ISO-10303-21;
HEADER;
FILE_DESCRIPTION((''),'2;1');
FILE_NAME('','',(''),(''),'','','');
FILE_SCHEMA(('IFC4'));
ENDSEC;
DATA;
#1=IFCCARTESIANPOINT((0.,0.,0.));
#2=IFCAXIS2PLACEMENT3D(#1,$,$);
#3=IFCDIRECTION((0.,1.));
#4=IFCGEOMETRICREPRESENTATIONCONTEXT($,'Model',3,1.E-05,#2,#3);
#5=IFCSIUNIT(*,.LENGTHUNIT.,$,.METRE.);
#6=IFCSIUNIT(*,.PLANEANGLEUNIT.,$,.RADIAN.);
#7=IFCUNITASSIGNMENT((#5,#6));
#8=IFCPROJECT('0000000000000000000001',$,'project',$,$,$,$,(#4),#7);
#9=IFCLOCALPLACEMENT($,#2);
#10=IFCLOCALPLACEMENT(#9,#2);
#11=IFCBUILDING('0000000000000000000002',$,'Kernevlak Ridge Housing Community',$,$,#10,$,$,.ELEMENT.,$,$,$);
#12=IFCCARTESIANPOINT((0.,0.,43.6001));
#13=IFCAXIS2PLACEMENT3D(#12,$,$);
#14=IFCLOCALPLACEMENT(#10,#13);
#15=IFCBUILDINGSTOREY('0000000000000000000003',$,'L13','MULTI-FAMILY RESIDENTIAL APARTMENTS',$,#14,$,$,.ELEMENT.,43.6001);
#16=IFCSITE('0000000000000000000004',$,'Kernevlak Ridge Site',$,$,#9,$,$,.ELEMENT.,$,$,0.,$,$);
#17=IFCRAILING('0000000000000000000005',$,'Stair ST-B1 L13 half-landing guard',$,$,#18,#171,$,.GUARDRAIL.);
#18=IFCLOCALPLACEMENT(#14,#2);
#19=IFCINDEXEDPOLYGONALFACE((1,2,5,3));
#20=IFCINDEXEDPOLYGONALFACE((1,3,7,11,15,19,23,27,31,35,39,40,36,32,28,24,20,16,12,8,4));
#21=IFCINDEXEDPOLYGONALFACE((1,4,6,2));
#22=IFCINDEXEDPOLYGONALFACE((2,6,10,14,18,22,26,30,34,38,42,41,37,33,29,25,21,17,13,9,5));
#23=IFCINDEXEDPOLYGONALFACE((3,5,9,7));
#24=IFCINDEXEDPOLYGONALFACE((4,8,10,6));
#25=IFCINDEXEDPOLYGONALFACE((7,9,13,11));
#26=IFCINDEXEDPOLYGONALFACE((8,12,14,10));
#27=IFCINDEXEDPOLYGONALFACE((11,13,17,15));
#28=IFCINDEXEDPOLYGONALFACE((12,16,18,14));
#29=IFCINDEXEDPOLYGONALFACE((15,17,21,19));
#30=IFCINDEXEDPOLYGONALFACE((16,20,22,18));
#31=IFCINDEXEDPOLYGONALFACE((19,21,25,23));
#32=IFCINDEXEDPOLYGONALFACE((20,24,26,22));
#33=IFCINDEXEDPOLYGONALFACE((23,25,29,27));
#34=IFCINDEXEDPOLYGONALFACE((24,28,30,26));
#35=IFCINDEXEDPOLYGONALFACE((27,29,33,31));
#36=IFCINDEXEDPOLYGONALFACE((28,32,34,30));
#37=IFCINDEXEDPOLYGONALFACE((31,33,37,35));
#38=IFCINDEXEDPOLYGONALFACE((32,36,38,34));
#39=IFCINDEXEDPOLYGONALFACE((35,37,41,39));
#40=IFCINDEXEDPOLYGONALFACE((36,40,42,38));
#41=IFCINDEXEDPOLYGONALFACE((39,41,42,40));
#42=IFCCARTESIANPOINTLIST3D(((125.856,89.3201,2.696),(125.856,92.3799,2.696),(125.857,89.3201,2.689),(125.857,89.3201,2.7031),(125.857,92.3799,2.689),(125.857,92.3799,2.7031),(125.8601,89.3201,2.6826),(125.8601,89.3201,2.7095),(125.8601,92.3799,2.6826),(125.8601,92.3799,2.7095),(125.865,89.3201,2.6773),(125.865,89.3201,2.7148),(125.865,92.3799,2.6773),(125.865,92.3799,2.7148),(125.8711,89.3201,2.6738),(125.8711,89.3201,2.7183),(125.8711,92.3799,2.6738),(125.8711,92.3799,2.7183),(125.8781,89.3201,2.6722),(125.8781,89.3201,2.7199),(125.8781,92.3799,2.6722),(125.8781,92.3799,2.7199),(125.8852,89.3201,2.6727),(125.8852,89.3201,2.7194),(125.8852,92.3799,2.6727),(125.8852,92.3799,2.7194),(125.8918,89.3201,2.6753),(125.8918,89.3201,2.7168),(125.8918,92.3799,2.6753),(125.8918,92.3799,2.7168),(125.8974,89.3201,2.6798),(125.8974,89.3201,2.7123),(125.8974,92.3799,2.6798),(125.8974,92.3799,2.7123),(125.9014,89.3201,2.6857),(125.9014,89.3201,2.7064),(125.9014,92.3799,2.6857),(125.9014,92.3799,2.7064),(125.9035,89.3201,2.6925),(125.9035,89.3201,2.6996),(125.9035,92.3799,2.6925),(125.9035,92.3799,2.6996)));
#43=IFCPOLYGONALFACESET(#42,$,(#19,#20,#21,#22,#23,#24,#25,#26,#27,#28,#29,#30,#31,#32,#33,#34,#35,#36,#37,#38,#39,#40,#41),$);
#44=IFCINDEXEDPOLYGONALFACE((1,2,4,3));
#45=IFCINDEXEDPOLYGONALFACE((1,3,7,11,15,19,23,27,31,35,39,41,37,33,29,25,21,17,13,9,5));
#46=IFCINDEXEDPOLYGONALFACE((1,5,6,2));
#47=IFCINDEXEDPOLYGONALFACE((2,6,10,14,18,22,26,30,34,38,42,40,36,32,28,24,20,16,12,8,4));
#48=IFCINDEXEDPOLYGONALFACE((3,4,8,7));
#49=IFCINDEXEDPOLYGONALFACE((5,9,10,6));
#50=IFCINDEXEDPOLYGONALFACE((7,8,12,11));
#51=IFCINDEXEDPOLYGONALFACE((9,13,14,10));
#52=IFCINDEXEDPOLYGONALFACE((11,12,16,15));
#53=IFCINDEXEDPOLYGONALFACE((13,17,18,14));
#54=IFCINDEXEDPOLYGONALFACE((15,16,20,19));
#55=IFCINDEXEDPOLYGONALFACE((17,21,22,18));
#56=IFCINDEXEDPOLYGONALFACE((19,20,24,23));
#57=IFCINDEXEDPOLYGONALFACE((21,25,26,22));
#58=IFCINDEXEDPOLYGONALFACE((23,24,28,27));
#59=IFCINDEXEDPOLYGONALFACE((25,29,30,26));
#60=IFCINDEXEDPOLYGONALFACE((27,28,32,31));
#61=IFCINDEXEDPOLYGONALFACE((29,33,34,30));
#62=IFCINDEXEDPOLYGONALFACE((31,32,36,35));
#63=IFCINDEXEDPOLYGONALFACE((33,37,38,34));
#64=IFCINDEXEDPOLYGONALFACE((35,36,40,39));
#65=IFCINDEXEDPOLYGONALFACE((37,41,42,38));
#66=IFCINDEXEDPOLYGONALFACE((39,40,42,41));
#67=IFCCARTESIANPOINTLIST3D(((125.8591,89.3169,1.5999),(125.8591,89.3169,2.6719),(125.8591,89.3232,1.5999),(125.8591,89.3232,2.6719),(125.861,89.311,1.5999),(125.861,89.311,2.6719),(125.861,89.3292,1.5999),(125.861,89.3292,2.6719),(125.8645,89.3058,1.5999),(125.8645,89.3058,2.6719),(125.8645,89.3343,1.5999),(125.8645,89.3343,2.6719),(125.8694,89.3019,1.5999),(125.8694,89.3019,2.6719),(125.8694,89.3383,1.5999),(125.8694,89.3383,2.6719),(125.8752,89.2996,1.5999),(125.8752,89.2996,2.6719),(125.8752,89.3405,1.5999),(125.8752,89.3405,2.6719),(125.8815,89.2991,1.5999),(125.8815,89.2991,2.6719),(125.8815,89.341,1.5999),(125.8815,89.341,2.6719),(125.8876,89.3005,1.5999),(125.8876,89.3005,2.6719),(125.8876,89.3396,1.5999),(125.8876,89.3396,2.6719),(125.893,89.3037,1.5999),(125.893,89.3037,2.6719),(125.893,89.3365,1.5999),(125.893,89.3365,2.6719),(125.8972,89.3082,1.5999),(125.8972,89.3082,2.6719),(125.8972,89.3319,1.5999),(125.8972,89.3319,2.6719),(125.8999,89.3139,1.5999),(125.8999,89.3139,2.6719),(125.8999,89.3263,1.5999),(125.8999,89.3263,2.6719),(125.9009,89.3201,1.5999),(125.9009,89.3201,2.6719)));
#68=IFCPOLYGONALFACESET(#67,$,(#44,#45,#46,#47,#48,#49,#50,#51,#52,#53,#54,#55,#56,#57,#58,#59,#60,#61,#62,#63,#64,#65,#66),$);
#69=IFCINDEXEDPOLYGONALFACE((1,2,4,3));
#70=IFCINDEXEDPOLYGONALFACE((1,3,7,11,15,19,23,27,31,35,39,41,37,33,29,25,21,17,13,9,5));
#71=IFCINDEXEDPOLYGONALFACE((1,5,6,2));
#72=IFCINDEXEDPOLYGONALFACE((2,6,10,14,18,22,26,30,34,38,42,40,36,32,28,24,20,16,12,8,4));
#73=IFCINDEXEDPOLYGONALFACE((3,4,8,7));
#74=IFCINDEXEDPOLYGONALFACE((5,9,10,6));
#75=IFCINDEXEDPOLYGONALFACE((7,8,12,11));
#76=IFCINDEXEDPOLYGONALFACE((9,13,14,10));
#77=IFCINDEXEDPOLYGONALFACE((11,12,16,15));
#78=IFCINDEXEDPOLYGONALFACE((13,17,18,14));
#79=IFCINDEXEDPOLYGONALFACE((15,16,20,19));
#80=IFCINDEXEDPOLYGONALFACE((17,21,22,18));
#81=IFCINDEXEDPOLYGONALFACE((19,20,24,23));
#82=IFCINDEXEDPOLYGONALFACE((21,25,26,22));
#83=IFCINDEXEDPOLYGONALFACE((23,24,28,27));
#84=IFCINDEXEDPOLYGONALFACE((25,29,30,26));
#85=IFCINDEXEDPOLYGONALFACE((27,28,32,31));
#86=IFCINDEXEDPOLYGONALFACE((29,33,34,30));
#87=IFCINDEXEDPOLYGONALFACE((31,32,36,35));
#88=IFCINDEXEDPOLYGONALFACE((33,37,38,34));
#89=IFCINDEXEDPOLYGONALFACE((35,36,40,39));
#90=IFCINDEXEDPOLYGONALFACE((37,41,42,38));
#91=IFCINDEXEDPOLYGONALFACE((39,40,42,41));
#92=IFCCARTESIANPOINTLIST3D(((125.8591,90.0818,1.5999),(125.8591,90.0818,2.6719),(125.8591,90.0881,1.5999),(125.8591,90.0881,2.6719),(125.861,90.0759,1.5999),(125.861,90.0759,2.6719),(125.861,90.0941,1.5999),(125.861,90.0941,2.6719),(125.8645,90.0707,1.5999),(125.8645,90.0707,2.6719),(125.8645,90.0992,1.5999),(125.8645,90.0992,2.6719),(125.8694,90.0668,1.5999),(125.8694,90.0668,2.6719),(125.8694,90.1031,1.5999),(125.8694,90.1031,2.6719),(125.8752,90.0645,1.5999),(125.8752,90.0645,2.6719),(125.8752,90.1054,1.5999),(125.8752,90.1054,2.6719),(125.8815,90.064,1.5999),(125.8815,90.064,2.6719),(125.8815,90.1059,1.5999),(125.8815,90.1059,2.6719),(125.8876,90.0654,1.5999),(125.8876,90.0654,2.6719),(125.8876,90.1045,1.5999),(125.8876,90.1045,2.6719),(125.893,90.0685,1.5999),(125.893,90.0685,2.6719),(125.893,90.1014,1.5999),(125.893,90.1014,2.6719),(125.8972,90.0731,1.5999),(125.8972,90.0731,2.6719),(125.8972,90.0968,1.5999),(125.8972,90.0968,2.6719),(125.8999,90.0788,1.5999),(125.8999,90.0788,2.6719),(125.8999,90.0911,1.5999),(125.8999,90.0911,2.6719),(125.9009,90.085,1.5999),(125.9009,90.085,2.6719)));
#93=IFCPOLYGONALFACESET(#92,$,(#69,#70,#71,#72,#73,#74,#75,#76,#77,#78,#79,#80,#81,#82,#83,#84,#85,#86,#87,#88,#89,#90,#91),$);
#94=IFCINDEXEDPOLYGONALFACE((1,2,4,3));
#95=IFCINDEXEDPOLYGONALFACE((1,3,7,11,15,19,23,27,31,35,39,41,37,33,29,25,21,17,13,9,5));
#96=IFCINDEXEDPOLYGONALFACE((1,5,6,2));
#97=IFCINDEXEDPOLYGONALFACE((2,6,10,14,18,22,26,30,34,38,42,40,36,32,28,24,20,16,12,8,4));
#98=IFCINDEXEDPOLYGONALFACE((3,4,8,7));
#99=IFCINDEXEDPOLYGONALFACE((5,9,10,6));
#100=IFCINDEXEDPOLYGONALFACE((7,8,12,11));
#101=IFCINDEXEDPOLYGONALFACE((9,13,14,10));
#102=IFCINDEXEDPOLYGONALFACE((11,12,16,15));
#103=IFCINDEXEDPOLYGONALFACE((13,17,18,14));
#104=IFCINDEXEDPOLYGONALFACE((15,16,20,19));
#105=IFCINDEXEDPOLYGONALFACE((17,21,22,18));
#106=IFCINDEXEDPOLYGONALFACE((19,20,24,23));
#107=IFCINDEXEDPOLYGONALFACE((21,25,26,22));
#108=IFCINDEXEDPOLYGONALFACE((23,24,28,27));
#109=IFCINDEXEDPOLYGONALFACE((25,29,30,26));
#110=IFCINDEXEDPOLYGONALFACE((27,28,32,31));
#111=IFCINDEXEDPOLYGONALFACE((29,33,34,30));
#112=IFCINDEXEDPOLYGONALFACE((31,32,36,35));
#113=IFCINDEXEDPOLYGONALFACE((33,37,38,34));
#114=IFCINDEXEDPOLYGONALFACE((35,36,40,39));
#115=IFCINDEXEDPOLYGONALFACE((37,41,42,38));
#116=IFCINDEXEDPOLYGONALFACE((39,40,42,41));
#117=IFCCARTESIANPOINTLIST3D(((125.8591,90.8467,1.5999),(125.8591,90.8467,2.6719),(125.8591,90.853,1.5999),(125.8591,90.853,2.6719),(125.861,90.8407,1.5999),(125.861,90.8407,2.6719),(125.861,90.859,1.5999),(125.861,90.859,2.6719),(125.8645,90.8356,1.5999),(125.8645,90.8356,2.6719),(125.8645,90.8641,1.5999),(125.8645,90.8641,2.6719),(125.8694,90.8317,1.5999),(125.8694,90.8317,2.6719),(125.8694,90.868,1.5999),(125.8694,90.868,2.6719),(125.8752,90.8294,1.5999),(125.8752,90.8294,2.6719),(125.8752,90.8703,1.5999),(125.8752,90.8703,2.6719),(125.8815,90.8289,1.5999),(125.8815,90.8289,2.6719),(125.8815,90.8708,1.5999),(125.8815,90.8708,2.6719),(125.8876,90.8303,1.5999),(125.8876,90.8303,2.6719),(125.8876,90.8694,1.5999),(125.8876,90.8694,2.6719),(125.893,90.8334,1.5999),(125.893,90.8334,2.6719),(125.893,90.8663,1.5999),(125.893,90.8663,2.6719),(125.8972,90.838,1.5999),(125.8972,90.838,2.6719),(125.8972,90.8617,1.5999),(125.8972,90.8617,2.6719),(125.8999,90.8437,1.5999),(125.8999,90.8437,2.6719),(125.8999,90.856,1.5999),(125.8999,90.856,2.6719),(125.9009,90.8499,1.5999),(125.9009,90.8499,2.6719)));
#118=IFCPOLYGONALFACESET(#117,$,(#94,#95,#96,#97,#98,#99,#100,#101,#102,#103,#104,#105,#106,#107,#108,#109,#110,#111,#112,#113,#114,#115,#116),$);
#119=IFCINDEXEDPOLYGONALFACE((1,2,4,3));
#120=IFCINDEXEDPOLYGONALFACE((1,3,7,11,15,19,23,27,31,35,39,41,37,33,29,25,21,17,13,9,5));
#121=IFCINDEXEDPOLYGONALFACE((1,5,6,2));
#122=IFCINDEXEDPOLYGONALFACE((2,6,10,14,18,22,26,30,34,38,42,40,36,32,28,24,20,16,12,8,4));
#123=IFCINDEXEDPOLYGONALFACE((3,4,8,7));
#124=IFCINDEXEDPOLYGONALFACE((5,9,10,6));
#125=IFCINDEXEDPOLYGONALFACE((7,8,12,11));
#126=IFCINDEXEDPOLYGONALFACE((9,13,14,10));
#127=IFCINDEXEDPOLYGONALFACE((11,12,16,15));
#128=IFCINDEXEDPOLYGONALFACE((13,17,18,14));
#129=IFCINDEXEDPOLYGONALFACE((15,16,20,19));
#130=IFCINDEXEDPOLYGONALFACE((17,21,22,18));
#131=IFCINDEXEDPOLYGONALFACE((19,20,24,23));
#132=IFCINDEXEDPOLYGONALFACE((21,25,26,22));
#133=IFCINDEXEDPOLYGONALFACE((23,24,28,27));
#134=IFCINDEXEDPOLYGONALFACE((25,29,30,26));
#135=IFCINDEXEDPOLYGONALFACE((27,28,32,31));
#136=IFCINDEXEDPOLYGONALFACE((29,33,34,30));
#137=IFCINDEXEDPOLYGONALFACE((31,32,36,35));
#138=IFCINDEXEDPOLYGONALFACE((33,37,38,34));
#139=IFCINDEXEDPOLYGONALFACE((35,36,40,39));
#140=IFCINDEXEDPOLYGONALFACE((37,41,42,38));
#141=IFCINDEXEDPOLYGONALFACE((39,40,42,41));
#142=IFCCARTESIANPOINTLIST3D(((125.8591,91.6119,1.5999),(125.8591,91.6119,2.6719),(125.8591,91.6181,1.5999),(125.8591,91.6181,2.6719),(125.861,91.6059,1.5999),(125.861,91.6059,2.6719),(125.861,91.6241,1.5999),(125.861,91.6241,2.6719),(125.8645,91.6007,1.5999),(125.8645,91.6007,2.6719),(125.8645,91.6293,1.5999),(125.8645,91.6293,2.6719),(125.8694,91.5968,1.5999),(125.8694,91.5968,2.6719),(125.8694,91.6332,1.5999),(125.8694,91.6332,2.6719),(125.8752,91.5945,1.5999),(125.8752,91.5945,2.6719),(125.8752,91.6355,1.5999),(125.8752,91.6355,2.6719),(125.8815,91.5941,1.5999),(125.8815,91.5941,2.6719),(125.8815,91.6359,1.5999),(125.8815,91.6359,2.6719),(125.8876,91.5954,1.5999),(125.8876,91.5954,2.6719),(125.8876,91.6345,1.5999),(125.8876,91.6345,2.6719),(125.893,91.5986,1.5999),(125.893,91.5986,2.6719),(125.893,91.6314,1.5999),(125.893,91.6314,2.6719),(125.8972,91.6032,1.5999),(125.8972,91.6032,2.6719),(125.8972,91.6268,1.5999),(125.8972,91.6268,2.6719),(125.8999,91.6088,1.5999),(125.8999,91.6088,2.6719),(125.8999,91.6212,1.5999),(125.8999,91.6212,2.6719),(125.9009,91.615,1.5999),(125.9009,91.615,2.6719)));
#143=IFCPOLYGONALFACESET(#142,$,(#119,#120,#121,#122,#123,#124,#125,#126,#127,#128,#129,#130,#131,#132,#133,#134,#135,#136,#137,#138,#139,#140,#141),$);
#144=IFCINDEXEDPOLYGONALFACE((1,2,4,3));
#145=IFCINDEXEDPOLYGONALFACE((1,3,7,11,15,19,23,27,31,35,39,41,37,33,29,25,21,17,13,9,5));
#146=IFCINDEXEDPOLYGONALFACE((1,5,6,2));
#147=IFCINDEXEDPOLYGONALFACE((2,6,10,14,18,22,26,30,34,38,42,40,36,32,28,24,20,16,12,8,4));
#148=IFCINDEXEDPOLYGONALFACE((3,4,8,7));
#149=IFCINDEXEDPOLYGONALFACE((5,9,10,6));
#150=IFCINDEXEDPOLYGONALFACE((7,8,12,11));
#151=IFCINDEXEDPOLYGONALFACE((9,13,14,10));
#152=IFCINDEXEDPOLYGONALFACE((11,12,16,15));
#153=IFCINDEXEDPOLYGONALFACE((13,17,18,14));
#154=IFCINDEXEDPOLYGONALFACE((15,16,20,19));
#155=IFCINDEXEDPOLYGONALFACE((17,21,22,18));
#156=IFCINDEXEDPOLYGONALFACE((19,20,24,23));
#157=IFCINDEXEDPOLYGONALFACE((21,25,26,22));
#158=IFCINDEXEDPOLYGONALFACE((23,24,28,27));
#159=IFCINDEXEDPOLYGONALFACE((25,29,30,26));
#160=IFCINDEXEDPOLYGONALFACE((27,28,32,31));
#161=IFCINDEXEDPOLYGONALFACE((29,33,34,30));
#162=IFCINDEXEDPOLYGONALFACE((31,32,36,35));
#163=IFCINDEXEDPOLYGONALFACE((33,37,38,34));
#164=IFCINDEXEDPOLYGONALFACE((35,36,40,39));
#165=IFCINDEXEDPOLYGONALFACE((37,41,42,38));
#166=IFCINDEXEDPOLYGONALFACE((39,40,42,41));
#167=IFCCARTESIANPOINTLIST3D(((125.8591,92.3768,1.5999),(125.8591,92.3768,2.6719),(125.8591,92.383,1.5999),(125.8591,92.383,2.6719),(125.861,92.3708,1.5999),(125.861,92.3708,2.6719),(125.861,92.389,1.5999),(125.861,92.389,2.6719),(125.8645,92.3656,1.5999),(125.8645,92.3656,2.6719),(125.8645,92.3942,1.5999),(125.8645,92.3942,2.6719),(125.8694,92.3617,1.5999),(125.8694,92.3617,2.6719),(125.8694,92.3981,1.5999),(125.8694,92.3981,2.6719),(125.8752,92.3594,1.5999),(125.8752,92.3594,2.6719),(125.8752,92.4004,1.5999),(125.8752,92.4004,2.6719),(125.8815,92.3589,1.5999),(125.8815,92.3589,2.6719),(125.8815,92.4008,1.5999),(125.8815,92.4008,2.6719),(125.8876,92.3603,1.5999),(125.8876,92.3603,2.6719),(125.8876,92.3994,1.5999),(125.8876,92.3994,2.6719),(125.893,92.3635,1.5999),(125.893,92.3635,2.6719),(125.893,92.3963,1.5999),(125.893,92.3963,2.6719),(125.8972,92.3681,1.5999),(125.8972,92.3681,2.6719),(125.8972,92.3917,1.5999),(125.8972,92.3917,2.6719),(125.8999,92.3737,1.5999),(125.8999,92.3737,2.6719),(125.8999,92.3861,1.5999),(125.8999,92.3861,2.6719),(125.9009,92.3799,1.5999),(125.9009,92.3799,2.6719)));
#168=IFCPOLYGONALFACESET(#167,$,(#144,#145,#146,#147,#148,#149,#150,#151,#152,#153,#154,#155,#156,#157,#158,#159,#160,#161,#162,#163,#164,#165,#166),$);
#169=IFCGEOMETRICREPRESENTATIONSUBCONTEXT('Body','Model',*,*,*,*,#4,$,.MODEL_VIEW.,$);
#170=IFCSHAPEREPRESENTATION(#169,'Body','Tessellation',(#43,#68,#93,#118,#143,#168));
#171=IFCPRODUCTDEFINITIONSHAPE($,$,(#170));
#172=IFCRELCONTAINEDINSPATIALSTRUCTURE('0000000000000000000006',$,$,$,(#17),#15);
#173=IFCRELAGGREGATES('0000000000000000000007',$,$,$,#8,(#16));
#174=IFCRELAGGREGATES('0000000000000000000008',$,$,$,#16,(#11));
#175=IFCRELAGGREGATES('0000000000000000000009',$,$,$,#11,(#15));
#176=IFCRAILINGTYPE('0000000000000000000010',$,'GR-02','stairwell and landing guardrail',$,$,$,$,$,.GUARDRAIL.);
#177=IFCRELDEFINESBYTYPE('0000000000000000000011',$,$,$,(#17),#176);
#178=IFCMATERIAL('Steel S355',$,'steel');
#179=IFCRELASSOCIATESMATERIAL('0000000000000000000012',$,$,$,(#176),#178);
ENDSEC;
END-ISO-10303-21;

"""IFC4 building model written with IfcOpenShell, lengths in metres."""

from ifc_helpers import new_model, si_unit, direction, frame, origin, origin_2d, place, context, subcontext, project, spatial, circle, extrude, material, type_object, element, save


model = new_model("IFC4")

# Units and contexts
model_context = context("Model", 3, precision=1e-05, world=origin(), true_north=direction((0.0, 1.0)))
body_context = subcontext(model_context, "Body", "Model", "MODEL_VIEW")
ifc_project = project(units=[si_unit("LENGTHUNIT", "METRE"), si_unit("PLANEANGLEUNIT", "RADIAN")], contexts=[model_context])

# Site, building, storey
site_placement = place(None, origin())
site = spatial("IfcSite", under=ifc_project, at=site_placement, Name="Kernevlak Ridge Site", CompositionType="ELEMENT", RefElevation=0.0)
building_placement = place(site_placement, origin())
building = spatial("IfcBuilding", under=site, at=building_placement, Name="Kernevlak Ridge Housing Community", CompositionType="ELEMENT")
storey_placement = place(building_placement, frame((0.0, 0.0, 43.6001)))
storey = spatial("IfcBuildingStorey", under=building, at=storey_placement, Name="L13", Description="MULTI-FAMILY RESIDENTIAL APARTMENTS", CompositionType="ELEMENT", Elevation=43.6001)

# Railing
ifc_material_1 = material(Name="Steel S355", Category="steel")
railing_type_1 = type_object("IfcRailingType", Name="GR-02", Description="stairwell and landing guardrail", PredefinedType="GUARDRAIL", material=ifc_material_1)
railing_1_placement = place(storey_placement, frame((125.8799, 89.3201, 1.5999)))
element("IfcRailing", 1, at=railing_1_placement, inside=storey, type_object=railing_type_1, Name="Stair ST-B1 L13 half-landing guard", PredefinedType="GUARDRAIL", context=body_context, shape_type="SweptSolid", body=[
    extrude(circle(Radius=0.0239, at=origin_2d()), frame((0.0, 0.0, 1.0962), z_axis=(0.0, 1.0, 0.0), x_axis=(-1.0, 0.0, 0.0)), (0.0, 0.0, 1.0), 3.0598),
    extrude(circle(Radius=0.021, at=origin_2d()), origin(), (0.0, 0.0, 1.0), 1.072),
    extrude(circle(Radius=0.021, at=origin_2d()), frame((0.0, 0.7649, 0.0)), (0.0, 0.0, 1.0), 1.072),
    extrude(circle(Radius=0.021, at=origin_2d()), frame((0.0, 1.5298, 0.0)), (0.0, 0.0, 1.0), 1.072),
    extrude(circle(Radius=0.021, at=origin_2d()), frame((0.0, 2.2949, 0.0)), (0.0, 0.0, 1.0), 1.072),
    extrude(circle(Radius=0.021, at=origin_2d()), frame((0.0, 3.0598, 0.0)), (0.0, 0.0, 1.0), 1.072),
])

save(model, "model.ifc")
